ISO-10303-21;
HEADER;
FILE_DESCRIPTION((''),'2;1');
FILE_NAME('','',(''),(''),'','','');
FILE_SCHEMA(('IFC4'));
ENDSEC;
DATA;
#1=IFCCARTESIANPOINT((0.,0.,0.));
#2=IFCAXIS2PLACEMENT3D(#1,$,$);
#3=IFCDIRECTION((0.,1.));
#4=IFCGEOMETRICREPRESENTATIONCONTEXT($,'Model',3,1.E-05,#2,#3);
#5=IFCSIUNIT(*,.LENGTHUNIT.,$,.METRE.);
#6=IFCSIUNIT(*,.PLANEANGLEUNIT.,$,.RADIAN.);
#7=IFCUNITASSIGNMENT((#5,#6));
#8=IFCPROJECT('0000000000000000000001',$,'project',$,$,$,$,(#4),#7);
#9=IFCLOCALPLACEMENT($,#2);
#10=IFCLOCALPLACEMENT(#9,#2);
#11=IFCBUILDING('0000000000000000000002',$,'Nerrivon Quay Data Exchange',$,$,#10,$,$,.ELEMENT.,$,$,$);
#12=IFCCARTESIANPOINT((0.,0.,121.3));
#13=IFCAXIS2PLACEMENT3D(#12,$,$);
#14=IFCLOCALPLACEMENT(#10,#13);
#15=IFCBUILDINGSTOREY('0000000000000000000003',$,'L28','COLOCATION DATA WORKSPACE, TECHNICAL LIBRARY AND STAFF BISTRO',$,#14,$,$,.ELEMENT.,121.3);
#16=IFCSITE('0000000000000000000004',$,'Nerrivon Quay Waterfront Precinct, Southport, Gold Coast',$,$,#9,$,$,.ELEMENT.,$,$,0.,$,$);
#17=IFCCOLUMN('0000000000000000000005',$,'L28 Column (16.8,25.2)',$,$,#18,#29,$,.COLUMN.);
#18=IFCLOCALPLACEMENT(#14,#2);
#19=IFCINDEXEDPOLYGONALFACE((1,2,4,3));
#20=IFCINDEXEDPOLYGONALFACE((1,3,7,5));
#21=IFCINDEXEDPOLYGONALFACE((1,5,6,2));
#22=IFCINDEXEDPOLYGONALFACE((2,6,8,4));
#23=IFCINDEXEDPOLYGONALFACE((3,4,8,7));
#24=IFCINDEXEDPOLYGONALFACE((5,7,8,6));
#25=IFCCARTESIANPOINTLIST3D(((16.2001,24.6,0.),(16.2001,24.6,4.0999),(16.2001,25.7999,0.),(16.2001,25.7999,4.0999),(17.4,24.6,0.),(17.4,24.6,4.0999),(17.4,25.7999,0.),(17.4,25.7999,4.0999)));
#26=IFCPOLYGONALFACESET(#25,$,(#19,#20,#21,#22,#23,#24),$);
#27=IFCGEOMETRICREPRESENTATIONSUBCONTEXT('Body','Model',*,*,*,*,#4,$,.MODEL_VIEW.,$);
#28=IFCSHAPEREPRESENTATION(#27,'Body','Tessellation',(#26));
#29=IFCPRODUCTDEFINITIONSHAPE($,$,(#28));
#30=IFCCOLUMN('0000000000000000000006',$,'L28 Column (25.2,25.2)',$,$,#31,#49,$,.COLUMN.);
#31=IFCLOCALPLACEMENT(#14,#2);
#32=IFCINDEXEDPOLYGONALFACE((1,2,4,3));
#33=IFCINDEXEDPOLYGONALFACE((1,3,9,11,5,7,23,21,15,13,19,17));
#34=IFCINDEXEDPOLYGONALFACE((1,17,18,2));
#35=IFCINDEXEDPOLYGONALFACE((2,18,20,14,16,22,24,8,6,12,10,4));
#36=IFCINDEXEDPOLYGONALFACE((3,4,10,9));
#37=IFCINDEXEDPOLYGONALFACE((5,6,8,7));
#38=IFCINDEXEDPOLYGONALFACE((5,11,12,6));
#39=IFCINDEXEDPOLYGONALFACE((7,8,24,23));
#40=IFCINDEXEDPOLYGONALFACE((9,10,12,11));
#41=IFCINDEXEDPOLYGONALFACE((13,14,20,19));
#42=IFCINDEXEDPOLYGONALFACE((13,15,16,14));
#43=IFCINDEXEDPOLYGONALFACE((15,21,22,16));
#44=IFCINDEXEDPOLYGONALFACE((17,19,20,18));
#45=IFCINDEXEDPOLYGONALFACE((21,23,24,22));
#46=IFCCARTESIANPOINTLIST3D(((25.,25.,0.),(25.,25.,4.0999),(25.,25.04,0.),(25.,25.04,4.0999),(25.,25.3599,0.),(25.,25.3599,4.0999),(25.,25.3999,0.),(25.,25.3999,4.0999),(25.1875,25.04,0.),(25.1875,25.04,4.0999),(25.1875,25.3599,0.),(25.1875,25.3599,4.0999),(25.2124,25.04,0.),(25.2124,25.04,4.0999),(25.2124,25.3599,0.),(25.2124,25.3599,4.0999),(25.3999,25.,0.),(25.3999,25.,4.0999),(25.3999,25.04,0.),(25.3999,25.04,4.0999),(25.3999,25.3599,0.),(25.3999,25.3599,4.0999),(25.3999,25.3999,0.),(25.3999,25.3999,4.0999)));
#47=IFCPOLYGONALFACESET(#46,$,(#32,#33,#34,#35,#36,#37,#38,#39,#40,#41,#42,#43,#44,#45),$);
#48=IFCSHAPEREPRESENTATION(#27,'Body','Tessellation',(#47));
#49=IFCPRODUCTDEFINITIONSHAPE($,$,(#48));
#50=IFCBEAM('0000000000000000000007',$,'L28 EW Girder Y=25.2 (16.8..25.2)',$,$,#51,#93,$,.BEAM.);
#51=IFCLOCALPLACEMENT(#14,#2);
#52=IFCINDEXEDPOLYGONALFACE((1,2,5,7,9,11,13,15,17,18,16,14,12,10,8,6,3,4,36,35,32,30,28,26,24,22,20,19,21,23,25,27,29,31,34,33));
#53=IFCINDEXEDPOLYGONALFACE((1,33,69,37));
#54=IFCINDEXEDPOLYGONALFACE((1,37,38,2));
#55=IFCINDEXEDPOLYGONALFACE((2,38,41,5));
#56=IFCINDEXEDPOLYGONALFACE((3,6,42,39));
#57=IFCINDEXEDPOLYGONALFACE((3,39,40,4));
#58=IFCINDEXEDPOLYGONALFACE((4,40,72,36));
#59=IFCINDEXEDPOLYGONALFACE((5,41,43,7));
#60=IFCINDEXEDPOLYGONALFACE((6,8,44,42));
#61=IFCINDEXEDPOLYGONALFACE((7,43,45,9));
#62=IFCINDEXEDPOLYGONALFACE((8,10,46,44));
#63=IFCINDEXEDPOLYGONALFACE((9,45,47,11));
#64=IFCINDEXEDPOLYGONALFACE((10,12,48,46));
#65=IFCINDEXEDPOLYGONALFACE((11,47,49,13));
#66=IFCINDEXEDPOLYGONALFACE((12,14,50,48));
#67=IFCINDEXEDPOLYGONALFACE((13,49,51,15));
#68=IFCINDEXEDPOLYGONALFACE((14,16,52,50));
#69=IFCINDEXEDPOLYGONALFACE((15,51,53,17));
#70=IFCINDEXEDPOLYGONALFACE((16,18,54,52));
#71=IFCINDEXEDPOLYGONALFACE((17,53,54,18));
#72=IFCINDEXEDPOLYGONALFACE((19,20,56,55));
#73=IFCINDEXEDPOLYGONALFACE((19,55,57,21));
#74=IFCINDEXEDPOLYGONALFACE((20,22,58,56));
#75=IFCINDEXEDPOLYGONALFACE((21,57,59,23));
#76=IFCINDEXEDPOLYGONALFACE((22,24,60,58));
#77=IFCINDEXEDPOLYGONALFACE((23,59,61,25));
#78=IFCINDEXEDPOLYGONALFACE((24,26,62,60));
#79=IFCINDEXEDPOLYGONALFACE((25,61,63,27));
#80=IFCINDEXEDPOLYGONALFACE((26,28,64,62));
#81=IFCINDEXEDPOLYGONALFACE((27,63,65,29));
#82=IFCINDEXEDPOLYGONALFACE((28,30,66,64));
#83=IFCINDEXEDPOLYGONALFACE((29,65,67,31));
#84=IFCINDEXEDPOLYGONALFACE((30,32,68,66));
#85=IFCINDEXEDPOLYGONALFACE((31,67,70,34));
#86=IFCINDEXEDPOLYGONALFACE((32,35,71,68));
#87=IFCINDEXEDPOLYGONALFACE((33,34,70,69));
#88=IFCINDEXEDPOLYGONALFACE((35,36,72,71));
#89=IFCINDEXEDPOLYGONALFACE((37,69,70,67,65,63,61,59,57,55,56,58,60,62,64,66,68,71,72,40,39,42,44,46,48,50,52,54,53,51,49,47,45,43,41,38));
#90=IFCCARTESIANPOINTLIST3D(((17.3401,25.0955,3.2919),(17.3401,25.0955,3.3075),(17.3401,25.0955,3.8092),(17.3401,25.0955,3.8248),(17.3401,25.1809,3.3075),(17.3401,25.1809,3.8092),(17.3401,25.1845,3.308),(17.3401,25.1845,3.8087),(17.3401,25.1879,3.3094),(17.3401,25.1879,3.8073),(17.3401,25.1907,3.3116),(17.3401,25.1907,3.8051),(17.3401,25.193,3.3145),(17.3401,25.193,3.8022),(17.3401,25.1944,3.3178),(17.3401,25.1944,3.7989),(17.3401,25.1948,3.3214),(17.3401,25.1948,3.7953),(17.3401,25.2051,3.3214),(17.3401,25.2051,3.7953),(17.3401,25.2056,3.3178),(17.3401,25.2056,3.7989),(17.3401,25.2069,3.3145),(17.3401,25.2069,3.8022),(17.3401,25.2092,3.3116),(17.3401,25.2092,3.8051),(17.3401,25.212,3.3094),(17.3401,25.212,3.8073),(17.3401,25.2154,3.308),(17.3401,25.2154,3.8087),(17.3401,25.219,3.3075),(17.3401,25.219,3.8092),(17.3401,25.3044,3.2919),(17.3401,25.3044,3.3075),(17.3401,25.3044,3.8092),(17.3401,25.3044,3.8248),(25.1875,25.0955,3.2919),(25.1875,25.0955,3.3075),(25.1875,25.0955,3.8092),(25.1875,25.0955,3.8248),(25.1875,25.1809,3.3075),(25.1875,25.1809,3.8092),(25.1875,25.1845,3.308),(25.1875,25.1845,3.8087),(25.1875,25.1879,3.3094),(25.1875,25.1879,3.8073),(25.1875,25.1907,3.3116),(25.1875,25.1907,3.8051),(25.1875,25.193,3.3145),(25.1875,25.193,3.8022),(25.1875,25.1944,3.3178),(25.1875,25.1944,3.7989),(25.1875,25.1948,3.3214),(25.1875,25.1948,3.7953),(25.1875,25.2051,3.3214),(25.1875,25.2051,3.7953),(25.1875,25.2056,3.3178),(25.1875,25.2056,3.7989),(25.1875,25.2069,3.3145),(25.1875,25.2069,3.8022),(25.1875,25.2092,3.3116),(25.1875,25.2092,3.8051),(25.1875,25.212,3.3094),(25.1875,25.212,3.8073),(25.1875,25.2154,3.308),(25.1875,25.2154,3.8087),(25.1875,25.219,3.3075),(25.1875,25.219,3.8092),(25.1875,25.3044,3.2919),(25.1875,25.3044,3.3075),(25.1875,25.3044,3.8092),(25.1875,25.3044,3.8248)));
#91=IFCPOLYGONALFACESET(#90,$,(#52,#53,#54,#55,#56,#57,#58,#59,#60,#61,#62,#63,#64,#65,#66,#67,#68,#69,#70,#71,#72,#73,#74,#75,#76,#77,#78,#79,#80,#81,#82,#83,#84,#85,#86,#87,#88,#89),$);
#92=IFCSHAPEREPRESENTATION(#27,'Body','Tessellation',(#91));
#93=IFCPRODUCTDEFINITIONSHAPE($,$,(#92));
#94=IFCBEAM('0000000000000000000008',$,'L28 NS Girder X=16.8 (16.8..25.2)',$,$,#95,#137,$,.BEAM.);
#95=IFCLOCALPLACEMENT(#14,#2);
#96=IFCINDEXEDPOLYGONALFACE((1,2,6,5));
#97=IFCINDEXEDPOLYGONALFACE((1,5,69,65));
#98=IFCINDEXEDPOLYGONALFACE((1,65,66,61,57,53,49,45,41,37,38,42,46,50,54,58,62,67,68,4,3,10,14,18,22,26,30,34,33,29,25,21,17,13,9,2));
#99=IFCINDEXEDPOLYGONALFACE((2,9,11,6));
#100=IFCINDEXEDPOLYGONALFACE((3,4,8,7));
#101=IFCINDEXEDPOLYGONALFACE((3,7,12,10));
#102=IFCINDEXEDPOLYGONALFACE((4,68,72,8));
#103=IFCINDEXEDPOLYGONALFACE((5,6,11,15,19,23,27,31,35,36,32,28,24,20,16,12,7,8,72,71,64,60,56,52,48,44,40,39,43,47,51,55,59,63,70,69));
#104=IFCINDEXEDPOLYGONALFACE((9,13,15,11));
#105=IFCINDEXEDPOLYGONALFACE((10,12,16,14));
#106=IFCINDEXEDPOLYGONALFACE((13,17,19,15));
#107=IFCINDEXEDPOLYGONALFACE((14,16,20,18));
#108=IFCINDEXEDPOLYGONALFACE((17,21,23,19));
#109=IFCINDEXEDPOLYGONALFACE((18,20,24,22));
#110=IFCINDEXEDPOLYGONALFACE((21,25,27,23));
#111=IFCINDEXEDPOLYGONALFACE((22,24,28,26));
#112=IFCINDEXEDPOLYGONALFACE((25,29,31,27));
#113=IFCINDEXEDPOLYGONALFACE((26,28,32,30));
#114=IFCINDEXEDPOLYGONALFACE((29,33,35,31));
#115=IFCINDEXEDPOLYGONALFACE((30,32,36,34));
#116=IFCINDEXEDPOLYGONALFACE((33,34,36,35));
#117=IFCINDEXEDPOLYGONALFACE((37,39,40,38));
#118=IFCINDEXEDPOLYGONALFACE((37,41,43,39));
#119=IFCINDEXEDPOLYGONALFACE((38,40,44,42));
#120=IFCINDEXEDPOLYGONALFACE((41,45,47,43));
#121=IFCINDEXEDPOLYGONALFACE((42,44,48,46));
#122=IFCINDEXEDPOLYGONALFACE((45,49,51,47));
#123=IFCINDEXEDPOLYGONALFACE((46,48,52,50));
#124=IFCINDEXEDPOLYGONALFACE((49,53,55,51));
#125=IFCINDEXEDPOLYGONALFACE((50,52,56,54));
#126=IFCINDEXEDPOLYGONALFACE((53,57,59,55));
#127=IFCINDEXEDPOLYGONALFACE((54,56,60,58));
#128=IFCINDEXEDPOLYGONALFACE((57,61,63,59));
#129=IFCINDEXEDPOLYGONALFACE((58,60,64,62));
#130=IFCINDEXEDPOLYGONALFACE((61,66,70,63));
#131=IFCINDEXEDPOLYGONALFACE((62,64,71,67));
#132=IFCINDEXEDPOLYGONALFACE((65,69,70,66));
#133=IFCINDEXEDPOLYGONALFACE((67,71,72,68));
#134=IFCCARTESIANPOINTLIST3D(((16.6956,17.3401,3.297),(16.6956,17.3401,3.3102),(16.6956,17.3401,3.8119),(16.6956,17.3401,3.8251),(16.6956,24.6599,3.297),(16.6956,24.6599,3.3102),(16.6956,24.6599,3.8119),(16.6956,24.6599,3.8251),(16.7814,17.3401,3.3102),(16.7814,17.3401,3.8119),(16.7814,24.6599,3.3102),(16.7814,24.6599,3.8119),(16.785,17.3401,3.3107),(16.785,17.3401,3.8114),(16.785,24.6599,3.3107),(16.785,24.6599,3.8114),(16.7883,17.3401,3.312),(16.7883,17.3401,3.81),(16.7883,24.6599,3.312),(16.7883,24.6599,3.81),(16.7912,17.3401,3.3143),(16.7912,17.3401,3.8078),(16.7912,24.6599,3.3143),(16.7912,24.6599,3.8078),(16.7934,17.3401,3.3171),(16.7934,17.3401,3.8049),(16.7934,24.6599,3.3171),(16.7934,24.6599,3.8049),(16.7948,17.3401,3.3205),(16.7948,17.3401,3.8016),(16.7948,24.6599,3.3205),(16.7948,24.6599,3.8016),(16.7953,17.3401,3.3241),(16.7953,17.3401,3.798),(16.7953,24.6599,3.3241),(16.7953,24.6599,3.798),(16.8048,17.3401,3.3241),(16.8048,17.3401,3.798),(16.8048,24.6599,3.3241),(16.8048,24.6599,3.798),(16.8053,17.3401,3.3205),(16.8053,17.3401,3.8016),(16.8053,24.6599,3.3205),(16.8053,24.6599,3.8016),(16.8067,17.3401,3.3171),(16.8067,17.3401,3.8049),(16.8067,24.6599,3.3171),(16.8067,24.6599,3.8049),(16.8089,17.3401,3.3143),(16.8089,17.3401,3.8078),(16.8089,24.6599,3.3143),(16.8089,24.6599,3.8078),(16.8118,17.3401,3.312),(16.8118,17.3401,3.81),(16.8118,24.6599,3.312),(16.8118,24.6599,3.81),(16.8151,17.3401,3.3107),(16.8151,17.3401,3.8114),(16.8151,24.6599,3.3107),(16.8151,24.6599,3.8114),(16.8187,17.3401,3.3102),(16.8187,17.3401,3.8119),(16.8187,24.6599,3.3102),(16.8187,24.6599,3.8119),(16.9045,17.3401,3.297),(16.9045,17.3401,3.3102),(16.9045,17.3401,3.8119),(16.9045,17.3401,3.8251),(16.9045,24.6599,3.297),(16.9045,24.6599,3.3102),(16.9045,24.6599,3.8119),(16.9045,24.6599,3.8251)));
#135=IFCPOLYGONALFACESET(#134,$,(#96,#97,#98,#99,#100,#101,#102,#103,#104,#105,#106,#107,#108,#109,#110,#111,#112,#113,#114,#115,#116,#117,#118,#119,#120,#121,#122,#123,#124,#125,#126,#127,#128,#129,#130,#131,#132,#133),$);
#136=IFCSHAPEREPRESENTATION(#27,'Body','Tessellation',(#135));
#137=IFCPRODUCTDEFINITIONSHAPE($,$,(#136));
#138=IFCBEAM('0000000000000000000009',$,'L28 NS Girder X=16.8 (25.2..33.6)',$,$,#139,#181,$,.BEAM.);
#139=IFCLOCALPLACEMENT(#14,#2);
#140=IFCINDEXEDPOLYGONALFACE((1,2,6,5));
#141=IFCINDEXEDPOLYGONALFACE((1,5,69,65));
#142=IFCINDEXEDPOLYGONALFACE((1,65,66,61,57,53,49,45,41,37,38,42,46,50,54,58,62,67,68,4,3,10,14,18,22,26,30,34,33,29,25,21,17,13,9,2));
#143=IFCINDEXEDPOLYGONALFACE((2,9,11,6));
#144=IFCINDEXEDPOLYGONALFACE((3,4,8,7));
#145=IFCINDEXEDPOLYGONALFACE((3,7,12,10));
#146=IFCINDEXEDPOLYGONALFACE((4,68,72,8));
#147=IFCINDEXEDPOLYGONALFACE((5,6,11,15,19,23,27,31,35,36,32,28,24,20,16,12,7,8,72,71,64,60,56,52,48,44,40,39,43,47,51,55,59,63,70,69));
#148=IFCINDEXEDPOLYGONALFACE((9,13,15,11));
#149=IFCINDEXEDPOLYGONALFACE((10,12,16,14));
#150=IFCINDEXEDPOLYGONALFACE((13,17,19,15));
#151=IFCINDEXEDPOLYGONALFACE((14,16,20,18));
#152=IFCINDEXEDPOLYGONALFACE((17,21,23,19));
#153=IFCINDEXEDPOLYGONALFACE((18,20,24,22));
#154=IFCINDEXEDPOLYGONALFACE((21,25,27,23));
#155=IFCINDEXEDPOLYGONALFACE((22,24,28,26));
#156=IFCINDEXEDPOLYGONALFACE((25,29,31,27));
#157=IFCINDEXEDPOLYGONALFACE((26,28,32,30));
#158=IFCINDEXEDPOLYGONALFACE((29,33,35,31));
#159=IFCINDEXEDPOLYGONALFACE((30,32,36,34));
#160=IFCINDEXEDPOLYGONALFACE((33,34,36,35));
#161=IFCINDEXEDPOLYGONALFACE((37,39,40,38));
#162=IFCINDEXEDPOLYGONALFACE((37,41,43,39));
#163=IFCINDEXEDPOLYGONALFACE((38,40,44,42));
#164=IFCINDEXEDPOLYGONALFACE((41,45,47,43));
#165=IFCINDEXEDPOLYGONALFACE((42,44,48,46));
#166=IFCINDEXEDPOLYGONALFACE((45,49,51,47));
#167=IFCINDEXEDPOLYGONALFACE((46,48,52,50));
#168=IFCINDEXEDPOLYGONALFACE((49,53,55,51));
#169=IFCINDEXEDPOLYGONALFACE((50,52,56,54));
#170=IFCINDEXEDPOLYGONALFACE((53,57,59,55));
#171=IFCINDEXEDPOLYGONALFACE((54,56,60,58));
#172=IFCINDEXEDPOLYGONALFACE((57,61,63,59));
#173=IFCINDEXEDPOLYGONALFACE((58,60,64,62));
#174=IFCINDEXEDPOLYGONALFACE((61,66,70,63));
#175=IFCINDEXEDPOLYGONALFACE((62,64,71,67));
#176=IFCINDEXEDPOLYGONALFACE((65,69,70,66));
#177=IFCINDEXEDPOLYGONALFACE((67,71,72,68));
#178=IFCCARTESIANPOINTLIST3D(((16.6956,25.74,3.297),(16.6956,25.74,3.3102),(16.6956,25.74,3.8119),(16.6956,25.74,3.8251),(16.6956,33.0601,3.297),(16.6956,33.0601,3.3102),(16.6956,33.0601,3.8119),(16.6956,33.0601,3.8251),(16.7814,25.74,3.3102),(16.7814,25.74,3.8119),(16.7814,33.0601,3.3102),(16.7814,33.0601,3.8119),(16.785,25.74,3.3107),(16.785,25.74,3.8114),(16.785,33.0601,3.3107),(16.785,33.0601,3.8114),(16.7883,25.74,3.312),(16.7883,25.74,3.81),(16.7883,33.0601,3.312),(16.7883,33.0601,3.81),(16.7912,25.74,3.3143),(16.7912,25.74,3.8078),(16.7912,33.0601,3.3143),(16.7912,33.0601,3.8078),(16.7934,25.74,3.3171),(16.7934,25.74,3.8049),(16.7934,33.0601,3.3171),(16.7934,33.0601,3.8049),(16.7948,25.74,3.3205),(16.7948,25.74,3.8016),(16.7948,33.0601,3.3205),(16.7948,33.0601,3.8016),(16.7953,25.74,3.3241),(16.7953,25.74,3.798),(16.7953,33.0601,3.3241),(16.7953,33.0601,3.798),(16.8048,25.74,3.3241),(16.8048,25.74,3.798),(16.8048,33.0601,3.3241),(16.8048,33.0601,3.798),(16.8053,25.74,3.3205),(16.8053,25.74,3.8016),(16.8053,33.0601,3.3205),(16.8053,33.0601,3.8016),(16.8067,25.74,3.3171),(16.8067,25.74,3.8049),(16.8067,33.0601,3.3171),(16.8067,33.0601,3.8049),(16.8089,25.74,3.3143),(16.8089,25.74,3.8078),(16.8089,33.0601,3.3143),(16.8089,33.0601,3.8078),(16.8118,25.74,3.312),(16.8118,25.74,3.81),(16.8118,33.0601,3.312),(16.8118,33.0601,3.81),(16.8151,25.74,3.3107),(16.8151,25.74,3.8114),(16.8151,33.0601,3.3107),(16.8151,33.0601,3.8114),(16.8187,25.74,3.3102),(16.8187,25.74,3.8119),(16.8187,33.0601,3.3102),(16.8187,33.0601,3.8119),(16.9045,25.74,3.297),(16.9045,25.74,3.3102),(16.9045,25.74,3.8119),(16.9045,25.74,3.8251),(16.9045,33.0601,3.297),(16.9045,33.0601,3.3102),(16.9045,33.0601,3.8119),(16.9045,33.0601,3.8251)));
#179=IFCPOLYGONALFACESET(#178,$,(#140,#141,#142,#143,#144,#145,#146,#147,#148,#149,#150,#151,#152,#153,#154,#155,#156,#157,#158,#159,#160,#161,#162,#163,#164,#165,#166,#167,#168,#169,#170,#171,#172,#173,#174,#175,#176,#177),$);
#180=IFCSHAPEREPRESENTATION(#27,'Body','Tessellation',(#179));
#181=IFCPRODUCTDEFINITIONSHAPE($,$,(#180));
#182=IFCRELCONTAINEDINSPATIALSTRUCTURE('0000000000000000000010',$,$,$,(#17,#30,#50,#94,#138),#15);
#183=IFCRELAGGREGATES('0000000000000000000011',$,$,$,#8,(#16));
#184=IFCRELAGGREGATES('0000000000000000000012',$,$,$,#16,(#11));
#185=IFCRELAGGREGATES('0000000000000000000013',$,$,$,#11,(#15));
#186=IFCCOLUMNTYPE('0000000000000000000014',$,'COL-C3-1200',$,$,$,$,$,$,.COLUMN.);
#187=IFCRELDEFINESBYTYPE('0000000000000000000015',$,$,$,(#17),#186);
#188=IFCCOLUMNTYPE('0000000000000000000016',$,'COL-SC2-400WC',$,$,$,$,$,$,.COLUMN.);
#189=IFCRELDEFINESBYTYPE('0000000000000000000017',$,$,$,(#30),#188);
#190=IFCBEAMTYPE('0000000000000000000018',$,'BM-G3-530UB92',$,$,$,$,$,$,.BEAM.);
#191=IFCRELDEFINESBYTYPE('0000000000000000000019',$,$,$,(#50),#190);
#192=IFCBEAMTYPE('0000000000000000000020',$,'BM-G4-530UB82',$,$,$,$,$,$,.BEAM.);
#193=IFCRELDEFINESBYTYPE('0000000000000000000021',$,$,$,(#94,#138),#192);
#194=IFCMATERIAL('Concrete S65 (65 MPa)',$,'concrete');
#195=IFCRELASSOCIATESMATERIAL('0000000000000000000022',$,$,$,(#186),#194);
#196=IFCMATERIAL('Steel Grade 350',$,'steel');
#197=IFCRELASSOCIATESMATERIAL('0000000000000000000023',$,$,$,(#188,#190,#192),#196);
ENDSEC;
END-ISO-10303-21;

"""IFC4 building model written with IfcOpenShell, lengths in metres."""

from ifc_helpers import new_model, si_unit, direction, frame, origin, origin_2d, place, context, subcontext, project, spatial, rectangle, i_section, extrude, material, material_profile, profile_set, type_object, element, save


model = new_model("IFC4")

# Units and contexts
model_context = context("Model", 3, precision=1e-05, world=origin(), true_north=direction((0.0, 1.0)))
body_context = subcontext(model_context, "Body", "Model", "MODEL_VIEW")
ifc_project = project(units=[si_unit("LENGTHUNIT", "METRE"), si_unit("PLANEANGLEUNIT", "RADIAN")], contexts=[model_context])

# Site, building, storey
site_placement = place(None, origin())
site = spatial("IfcSite", under=ifc_project, at=site_placement, Name="Nerrivon Quay Waterfront Precinct, Southport, Gold Coast", CompositionType="ELEMENT", RefElevation=0.0)
building_placement = place(site_placement, origin())
building = spatial("IfcBuilding", under=site, at=building_placement, Name="Nerrivon Quay Data Exchange", CompositionType="ELEMENT")
storey_placement = place(building_placement, frame((0.0, 0.0, 121.3)))
storey = spatial("IfcBuildingStorey", under=building, at=storey_placement, Name="L28", Description="COLOCATION DATA WORKSPACE, TECHNICAL LIBRARY AND STAFF BISTRO", CompositionType="ELEMENT", Elevation=121.3)

# Columns
ifc_material_1 = material(Name="Concrete S65 (65 MPa)", Category="concrete")
ifc_material_profile_1 = material_profile(ifc_material_1, rectangle(XDim=1.2, YDim=1.2, at=origin_2d()), Name="RC-COL-1200x1200")
ifc_profile_set_1 = profile_set([ifc_material_profile_1], Name="Concrete S65 (65 MPa)")
column_type_1 = type_object("IfcColumnType", Name="COL-C3-1200", PredefinedType="COLUMN", material=ifc_profile_set_1)
column_1_placement = place(storey_placement, frame((16.8, 25.2, 0.0), z_axis=(0.0, 0.0, 1.0), x_axis=(1.0, 0.0, 0.0)))
element("IfcColumn", 1, at=column_1_placement, inside=storey, type_object=column_type_1, Name="L28 Column (16.8,25.2)", PredefinedType="COLUMN", context=body_context, shape_type="SweptSolid", body=[
    extrude(rectangle(XDim=1.2, YDim=1.2, at=origin_2d()), origin(), (0.0, 0.0, 1.0), 4.0999),
])
ifc_material_2 = material(Name="Steel Grade 350", Category="steel")
ifc_material_profile_2 = material_profile(ifc_material_2, i_section(OverallWidth=0.3999, OverallDepth=0.3999, WebThickness=0.0249, FlangeThickness=0.04, at=origin_2d()), Name="400WC328")
ifc_profile_set_2 = profile_set([ifc_material_profile_2], Name="Steel Grade 350")
column_type_2 = type_object("IfcColumnType", Name="COL-SC2-400WC", PredefinedType="COLUMN", material=ifc_profile_set_2)
column_2_placement = place(storey_placement, frame((25.2, 25.2, 0.0), z_axis=(0.0, 0.0, 1.0), x_axis=(1.0, 0.0, 0.0)))
element("IfcColumn", 2, at=column_2_placement, inside=storey, type_object=column_type_2, Name="L28 Column (25.2,25.2)", PredefinedType="COLUMN", context=body_context, shape_type="SweptSolid", body=[
    extrude(i_section(OverallWidth=0.3999, OverallDepth=0.3999, WebThickness=0.0249, FlangeThickness=0.04, at=origin_2d()), origin(), (0.0, 0.0, 1.0), 4.0999),
])

# Beams
ifc_material_profile_3 = material_profile(ifc_material_2, i_section(OverallWidth=0.209, OverallDepth=0.533, WebThickness=0.0103, FlangeThickness=0.0156, FilletRadius=0.0139, at=origin_2d()), Name="530UB92.4")
ifc_profile_set_3 = profile_set([ifc_material_profile_3], Name="Steel Grade 350")
beam_type_1 = type_object("IfcBeamType", Name="BM-G3-530UB92", PredefinedType="BEAM", material=ifc_profile_set_3)
beam_1_placement = place(storey_placement, frame((17.3401, 25.2, 3.5583), z_axis=(1.0, 0.0, 0.0), x_axis=(0.0, 1.0, 0.0)))
element("IfcBeam", 3, at=beam_1_placement, inside=storey, type_object=beam_type_1, Name="L28 EW Girder Y=25.2 (16.8..25.2)", PredefinedType="BEAM", context=body_context, shape_type="SweptSolid", body=[
    extrude(i_section(OverallWidth=0.209, OverallDepth=0.533, WebThickness=0.0103, FlangeThickness=0.0156, FilletRadius=0.0139, at=origin_2d()), origin(), (0.0, 0.0, 1.0), 7.8474),
])
ifc_material_profile_4 = material_profile(ifc_material_2, i_section(OverallWidth=0.209, OverallDepth=0.5281, WebThickness=0.0095, FlangeThickness=0.0132, FilletRadius=0.0139, at=origin_2d()), Name="530UB82.0")
ifc_profile_set_4 = profile_set([ifc_material_profile_4], Name="Steel Grade 350")
beam_type_2 = type_object("IfcBeamType", Name="BM-G4-530UB82", PredefinedType="BEAM", material=ifc_profile_set_4)
beam_2_placement = place(storey_placement, frame((16.8, 17.3401, 3.561), z_axis=(0.0, 1.0, 0.0), x_axis=(-1.0, 0.0, 0.0)))
element("IfcBeam", 4, at=beam_2_placement, inside=storey, type_object=beam_type_2, Name="L28 NS Girder X=16.8 (16.8..25.2)", PredefinedType="BEAM", context=body_context, shape_type="SweptSolid", body=[
    extrude(i_section(OverallWidth=0.209, OverallDepth=0.5281, WebThickness=0.0095, FlangeThickness=0.0132, FilletRadius=0.0139, at=origin_2d()), origin(), (0.0, 0.0, 1.0), 7.3198),
])
beam_3_placement = place(storey_placement, frame((16.8, 25.74, 3.561), z_axis=(0.0, 1.0, 0.0), x_axis=(-1.0, 0.0, 0.0)))
element("IfcBeam", 5, at=beam_3_placement, inside=storey, type_object=beam_type_2, Name="L28 NS Girder X=16.8 (25.2..33.6)", PredefinedType="BEAM", context=body_context, shape_type="SweptSolid", body=[
    extrude(i_section(OverallWidth=0.209, OverallDepth=0.5281, WebThickness=0.0095, FlangeThickness=0.0132, FilletRadius=0.0139, at=origin_2d()), origin(), (0.0, 0.0, 1.0), 7.3201),
])

save(model, "model.ifc")
